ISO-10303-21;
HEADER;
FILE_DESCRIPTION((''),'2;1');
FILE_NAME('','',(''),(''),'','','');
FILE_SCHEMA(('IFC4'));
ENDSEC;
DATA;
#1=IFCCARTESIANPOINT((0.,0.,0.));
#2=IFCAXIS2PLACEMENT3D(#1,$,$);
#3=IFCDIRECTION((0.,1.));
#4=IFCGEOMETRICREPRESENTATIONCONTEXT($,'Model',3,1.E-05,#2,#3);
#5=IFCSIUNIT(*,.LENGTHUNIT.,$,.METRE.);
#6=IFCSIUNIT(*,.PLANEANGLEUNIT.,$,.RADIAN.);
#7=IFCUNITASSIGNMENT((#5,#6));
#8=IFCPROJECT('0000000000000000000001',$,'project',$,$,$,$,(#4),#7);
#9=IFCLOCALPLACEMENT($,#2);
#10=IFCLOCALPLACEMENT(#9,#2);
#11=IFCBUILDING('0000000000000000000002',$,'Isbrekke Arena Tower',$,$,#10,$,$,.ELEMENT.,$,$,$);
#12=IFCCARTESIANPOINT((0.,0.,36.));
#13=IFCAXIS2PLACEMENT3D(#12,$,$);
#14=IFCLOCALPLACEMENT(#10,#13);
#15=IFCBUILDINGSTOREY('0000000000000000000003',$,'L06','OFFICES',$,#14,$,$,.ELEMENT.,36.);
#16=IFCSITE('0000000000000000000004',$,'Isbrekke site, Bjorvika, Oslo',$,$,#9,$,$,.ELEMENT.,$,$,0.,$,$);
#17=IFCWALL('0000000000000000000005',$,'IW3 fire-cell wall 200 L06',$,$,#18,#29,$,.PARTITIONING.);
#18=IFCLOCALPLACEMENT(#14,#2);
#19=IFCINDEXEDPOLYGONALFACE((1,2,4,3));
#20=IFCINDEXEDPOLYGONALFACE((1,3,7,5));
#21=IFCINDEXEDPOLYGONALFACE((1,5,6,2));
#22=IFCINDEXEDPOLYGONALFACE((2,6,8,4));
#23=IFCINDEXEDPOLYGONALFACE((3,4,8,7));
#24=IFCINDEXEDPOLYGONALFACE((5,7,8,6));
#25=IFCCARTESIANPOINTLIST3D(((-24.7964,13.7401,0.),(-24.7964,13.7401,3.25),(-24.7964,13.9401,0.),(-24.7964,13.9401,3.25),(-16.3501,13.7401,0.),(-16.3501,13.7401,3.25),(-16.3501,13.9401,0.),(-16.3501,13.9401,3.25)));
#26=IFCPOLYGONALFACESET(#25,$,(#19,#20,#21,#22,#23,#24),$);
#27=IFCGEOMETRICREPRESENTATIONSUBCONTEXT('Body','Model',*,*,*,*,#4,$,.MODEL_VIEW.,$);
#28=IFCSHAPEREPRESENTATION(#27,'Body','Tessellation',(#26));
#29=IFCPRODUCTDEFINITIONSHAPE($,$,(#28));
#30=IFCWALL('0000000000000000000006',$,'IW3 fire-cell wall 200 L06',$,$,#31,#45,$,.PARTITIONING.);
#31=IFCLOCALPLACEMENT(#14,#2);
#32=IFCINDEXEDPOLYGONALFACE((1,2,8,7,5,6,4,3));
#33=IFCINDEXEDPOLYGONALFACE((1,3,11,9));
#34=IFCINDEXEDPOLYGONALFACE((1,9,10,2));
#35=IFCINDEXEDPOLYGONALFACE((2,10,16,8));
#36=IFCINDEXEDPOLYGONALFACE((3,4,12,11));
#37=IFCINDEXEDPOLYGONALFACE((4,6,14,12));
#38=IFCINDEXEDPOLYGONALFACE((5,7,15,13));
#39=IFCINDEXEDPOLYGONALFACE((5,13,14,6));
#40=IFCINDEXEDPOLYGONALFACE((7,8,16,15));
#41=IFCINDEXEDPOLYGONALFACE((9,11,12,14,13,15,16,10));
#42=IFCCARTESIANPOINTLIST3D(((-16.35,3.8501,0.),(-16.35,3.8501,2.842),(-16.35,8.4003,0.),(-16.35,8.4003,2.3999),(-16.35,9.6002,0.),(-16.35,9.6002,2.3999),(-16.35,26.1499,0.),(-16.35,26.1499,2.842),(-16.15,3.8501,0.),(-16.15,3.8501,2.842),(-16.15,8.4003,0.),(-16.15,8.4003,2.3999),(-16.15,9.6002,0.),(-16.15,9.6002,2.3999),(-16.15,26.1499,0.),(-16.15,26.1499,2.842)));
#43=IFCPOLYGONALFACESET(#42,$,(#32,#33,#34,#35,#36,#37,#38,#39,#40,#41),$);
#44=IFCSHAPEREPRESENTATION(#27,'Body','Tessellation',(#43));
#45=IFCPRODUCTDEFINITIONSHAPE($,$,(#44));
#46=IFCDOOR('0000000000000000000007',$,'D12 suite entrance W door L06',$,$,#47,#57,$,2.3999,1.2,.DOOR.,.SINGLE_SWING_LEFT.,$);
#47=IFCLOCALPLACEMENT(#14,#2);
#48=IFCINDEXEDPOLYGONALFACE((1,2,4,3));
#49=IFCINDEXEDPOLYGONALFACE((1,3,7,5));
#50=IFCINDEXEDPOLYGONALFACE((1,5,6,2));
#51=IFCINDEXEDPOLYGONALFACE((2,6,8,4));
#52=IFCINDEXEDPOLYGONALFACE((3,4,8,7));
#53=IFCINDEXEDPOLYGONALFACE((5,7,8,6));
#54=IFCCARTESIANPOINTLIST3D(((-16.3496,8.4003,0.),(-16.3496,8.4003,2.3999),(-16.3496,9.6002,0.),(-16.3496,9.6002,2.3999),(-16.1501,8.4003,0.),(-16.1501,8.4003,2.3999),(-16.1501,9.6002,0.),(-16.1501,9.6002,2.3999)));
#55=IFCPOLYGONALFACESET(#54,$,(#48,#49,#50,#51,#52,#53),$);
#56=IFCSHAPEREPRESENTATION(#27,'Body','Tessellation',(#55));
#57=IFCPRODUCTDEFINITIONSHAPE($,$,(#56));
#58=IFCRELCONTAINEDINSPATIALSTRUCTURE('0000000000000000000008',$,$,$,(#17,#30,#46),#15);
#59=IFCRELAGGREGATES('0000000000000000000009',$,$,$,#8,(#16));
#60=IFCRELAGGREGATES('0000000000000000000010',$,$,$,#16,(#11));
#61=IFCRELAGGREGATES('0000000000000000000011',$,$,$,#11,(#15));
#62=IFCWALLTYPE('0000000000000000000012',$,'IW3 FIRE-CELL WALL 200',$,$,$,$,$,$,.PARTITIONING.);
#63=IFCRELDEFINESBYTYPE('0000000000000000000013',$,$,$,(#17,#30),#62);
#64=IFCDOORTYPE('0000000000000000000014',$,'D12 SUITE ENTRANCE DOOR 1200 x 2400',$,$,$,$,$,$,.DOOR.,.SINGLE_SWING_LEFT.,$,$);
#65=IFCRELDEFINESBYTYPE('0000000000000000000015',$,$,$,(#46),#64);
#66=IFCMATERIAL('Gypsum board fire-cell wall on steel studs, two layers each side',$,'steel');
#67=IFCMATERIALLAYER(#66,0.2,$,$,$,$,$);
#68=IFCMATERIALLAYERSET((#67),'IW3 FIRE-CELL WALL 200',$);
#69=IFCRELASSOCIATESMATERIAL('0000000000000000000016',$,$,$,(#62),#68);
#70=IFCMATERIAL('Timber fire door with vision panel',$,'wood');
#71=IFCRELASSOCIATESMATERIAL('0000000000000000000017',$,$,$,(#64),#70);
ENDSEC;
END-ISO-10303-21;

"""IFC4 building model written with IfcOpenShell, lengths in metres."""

from ifc_helpers import new_model, si_unit, direction, frame, frame_2d, origin, place, context, subcontext, project, spatial, rectangle, extrude, material, layer, layer_set, type_object, element, fill, save


model = new_model("IFC4")

# Units and contexts
model_context = context("Model", 3, precision=1e-05, world=origin(), true_north=direction((0.0, 1.0)))
body_context = subcontext(model_context, "Body", "Model", "MODEL_VIEW")
ifc_project = project(units=[si_unit("LENGTHUNIT", "METRE"), si_unit("PLANEANGLEUNIT", "RADIAN")], contexts=[model_context])

# Site, building, storey
site_placement = place(None, origin())
site = spatial("IfcSite", under=ifc_project, at=site_placement, Name="Isbrekke site, Bjorvika, Oslo", CompositionType="ELEMENT", RefElevation=0.0)
building_placement = place(site_placement, origin())
building = spatial("IfcBuilding", under=site, at=building_placement, Name="Isbrekke Arena Tower", CompositionType="ELEMENT")
storey_placement = place(building_placement, frame((0.0, 0.0, 36.0)))
storey = spatial("IfcBuildingStorey", under=building, at=storey_placement, Name="L06", Description="OFFICES", CompositionType="ELEMENT", Elevation=36.0)

# Shared definitions
ifc_material_1 = material(Name="Gypsum board fire-cell wall on steel studs, two layers each side", Category="steel")
ifc_layer_1 = layer(ifc_material_1, 0.2)
ifc_layer_set_1 = layer_set([ifc_layer_1], Name="IW3 FIRE-CELL WALL 200")
wall_type_1 = type_object("IfcWallType", Name="IW3 FIRE-CELL WALL 200", PredefinedType="PARTITIONING", material=ifc_layer_set_1)
ifc_material_2 = material(Name="Timber fire door with vision panel", Category="wood")
door_type_1 = type_object("IfcDoorType", Name="D12 SUITE ENTRANCE DOOR 1200 x 2400", OperationType="SINGLE_SWING_LEFT", PredefinedType="DOOR", material=ifc_material_2)

# Wall
wall_1_placement = place(storey_placement, frame((-24.7964, 13.8401, 0.0), z_axis=(0.0, 0.0, 1.0), x_axis=(1.0, 0.0, 0.0)))
element("IfcWall", 1, at=wall_1_placement, inside=storey, type_object=wall_type_1, Name="IW3 fire-cell wall 200 L06", PredefinedType="PARTITIONING", context=body_context, shape_type="SweptSolid", body=[
    extrude(rectangle(XDim=8.4463, YDim=0.2, at=frame_2d((4.2231, 0.0))), origin(), (0.0, 0.0, 1.0), 3.25),
])

# Wall, opening, door
wall_2_placement = place(storey_placement, frame((-16.25, 3.8501, 0.0), z_axis=(0.0, 0.0, 1.0), x_axis=(0.0, 1.0, 0.0)))
wall_2 = element("IfcWall", 2, at=wall_2_placement, inside=storey, type_object=wall_type_1, Name="IW3 fire-cell wall 200 L06", PredefinedType="PARTITIONING", context=body_context, shape_type="SweptSolid", body=[
    extrude(rectangle(XDim=22.2998, YDim=0.2, at=frame_2d((11.1499, 0.0))), origin(), (0.0, 0.0, 1.0), 2.842),
])
opening_1_placement = place(wall_2_placement, frame((4.55, 0.0, 0.0)))
opening_1 = element("IfcOpeningElement", 3, at=opening_1_placement, cuts=wall_2, PredefinedType="OPENING", context=body_context, shape_type="SweptSolid", body=[
    extrude(rectangle(XDim=1.2, YDim=2.3999, at=frame_2d((0.6001, 1.2))), frame((0.0, 0.1147, 0.0), z_axis=(0.0, -1.0, 0.0), x_axis=(1.0, 0.0, 0.0)), (0.0, 0.0, 1.0), 0.2297),
])
door_1_placement = place(opening_1_placement, origin())
door_1 = element("IfcDoor", 4, at=door_1_placement, inside=storey, type_object=door_type_1, Name="D12 suite entrance W door L06", OperationType="SINGLE_SWING_LEFT", OverallHeight=2.3999, OverallWidth=1.2, PredefinedType="DOOR", context=body_context, shape_type="SweptSolid", body=[
    extrude(rectangle(XDim=1.2, YDim=2.3999, at=frame_2d((0.6001, 1.2))), frame((0.0, 0.0996, 0.0), z_axis=(0.0, -1.0, 0.0), x_axis=(1.0, 0.0, 0.0)), (0.0, 0.0, 1.0), 0.1995),
])
fill(opening_1, door_1)

save(model, "model.ifc")
